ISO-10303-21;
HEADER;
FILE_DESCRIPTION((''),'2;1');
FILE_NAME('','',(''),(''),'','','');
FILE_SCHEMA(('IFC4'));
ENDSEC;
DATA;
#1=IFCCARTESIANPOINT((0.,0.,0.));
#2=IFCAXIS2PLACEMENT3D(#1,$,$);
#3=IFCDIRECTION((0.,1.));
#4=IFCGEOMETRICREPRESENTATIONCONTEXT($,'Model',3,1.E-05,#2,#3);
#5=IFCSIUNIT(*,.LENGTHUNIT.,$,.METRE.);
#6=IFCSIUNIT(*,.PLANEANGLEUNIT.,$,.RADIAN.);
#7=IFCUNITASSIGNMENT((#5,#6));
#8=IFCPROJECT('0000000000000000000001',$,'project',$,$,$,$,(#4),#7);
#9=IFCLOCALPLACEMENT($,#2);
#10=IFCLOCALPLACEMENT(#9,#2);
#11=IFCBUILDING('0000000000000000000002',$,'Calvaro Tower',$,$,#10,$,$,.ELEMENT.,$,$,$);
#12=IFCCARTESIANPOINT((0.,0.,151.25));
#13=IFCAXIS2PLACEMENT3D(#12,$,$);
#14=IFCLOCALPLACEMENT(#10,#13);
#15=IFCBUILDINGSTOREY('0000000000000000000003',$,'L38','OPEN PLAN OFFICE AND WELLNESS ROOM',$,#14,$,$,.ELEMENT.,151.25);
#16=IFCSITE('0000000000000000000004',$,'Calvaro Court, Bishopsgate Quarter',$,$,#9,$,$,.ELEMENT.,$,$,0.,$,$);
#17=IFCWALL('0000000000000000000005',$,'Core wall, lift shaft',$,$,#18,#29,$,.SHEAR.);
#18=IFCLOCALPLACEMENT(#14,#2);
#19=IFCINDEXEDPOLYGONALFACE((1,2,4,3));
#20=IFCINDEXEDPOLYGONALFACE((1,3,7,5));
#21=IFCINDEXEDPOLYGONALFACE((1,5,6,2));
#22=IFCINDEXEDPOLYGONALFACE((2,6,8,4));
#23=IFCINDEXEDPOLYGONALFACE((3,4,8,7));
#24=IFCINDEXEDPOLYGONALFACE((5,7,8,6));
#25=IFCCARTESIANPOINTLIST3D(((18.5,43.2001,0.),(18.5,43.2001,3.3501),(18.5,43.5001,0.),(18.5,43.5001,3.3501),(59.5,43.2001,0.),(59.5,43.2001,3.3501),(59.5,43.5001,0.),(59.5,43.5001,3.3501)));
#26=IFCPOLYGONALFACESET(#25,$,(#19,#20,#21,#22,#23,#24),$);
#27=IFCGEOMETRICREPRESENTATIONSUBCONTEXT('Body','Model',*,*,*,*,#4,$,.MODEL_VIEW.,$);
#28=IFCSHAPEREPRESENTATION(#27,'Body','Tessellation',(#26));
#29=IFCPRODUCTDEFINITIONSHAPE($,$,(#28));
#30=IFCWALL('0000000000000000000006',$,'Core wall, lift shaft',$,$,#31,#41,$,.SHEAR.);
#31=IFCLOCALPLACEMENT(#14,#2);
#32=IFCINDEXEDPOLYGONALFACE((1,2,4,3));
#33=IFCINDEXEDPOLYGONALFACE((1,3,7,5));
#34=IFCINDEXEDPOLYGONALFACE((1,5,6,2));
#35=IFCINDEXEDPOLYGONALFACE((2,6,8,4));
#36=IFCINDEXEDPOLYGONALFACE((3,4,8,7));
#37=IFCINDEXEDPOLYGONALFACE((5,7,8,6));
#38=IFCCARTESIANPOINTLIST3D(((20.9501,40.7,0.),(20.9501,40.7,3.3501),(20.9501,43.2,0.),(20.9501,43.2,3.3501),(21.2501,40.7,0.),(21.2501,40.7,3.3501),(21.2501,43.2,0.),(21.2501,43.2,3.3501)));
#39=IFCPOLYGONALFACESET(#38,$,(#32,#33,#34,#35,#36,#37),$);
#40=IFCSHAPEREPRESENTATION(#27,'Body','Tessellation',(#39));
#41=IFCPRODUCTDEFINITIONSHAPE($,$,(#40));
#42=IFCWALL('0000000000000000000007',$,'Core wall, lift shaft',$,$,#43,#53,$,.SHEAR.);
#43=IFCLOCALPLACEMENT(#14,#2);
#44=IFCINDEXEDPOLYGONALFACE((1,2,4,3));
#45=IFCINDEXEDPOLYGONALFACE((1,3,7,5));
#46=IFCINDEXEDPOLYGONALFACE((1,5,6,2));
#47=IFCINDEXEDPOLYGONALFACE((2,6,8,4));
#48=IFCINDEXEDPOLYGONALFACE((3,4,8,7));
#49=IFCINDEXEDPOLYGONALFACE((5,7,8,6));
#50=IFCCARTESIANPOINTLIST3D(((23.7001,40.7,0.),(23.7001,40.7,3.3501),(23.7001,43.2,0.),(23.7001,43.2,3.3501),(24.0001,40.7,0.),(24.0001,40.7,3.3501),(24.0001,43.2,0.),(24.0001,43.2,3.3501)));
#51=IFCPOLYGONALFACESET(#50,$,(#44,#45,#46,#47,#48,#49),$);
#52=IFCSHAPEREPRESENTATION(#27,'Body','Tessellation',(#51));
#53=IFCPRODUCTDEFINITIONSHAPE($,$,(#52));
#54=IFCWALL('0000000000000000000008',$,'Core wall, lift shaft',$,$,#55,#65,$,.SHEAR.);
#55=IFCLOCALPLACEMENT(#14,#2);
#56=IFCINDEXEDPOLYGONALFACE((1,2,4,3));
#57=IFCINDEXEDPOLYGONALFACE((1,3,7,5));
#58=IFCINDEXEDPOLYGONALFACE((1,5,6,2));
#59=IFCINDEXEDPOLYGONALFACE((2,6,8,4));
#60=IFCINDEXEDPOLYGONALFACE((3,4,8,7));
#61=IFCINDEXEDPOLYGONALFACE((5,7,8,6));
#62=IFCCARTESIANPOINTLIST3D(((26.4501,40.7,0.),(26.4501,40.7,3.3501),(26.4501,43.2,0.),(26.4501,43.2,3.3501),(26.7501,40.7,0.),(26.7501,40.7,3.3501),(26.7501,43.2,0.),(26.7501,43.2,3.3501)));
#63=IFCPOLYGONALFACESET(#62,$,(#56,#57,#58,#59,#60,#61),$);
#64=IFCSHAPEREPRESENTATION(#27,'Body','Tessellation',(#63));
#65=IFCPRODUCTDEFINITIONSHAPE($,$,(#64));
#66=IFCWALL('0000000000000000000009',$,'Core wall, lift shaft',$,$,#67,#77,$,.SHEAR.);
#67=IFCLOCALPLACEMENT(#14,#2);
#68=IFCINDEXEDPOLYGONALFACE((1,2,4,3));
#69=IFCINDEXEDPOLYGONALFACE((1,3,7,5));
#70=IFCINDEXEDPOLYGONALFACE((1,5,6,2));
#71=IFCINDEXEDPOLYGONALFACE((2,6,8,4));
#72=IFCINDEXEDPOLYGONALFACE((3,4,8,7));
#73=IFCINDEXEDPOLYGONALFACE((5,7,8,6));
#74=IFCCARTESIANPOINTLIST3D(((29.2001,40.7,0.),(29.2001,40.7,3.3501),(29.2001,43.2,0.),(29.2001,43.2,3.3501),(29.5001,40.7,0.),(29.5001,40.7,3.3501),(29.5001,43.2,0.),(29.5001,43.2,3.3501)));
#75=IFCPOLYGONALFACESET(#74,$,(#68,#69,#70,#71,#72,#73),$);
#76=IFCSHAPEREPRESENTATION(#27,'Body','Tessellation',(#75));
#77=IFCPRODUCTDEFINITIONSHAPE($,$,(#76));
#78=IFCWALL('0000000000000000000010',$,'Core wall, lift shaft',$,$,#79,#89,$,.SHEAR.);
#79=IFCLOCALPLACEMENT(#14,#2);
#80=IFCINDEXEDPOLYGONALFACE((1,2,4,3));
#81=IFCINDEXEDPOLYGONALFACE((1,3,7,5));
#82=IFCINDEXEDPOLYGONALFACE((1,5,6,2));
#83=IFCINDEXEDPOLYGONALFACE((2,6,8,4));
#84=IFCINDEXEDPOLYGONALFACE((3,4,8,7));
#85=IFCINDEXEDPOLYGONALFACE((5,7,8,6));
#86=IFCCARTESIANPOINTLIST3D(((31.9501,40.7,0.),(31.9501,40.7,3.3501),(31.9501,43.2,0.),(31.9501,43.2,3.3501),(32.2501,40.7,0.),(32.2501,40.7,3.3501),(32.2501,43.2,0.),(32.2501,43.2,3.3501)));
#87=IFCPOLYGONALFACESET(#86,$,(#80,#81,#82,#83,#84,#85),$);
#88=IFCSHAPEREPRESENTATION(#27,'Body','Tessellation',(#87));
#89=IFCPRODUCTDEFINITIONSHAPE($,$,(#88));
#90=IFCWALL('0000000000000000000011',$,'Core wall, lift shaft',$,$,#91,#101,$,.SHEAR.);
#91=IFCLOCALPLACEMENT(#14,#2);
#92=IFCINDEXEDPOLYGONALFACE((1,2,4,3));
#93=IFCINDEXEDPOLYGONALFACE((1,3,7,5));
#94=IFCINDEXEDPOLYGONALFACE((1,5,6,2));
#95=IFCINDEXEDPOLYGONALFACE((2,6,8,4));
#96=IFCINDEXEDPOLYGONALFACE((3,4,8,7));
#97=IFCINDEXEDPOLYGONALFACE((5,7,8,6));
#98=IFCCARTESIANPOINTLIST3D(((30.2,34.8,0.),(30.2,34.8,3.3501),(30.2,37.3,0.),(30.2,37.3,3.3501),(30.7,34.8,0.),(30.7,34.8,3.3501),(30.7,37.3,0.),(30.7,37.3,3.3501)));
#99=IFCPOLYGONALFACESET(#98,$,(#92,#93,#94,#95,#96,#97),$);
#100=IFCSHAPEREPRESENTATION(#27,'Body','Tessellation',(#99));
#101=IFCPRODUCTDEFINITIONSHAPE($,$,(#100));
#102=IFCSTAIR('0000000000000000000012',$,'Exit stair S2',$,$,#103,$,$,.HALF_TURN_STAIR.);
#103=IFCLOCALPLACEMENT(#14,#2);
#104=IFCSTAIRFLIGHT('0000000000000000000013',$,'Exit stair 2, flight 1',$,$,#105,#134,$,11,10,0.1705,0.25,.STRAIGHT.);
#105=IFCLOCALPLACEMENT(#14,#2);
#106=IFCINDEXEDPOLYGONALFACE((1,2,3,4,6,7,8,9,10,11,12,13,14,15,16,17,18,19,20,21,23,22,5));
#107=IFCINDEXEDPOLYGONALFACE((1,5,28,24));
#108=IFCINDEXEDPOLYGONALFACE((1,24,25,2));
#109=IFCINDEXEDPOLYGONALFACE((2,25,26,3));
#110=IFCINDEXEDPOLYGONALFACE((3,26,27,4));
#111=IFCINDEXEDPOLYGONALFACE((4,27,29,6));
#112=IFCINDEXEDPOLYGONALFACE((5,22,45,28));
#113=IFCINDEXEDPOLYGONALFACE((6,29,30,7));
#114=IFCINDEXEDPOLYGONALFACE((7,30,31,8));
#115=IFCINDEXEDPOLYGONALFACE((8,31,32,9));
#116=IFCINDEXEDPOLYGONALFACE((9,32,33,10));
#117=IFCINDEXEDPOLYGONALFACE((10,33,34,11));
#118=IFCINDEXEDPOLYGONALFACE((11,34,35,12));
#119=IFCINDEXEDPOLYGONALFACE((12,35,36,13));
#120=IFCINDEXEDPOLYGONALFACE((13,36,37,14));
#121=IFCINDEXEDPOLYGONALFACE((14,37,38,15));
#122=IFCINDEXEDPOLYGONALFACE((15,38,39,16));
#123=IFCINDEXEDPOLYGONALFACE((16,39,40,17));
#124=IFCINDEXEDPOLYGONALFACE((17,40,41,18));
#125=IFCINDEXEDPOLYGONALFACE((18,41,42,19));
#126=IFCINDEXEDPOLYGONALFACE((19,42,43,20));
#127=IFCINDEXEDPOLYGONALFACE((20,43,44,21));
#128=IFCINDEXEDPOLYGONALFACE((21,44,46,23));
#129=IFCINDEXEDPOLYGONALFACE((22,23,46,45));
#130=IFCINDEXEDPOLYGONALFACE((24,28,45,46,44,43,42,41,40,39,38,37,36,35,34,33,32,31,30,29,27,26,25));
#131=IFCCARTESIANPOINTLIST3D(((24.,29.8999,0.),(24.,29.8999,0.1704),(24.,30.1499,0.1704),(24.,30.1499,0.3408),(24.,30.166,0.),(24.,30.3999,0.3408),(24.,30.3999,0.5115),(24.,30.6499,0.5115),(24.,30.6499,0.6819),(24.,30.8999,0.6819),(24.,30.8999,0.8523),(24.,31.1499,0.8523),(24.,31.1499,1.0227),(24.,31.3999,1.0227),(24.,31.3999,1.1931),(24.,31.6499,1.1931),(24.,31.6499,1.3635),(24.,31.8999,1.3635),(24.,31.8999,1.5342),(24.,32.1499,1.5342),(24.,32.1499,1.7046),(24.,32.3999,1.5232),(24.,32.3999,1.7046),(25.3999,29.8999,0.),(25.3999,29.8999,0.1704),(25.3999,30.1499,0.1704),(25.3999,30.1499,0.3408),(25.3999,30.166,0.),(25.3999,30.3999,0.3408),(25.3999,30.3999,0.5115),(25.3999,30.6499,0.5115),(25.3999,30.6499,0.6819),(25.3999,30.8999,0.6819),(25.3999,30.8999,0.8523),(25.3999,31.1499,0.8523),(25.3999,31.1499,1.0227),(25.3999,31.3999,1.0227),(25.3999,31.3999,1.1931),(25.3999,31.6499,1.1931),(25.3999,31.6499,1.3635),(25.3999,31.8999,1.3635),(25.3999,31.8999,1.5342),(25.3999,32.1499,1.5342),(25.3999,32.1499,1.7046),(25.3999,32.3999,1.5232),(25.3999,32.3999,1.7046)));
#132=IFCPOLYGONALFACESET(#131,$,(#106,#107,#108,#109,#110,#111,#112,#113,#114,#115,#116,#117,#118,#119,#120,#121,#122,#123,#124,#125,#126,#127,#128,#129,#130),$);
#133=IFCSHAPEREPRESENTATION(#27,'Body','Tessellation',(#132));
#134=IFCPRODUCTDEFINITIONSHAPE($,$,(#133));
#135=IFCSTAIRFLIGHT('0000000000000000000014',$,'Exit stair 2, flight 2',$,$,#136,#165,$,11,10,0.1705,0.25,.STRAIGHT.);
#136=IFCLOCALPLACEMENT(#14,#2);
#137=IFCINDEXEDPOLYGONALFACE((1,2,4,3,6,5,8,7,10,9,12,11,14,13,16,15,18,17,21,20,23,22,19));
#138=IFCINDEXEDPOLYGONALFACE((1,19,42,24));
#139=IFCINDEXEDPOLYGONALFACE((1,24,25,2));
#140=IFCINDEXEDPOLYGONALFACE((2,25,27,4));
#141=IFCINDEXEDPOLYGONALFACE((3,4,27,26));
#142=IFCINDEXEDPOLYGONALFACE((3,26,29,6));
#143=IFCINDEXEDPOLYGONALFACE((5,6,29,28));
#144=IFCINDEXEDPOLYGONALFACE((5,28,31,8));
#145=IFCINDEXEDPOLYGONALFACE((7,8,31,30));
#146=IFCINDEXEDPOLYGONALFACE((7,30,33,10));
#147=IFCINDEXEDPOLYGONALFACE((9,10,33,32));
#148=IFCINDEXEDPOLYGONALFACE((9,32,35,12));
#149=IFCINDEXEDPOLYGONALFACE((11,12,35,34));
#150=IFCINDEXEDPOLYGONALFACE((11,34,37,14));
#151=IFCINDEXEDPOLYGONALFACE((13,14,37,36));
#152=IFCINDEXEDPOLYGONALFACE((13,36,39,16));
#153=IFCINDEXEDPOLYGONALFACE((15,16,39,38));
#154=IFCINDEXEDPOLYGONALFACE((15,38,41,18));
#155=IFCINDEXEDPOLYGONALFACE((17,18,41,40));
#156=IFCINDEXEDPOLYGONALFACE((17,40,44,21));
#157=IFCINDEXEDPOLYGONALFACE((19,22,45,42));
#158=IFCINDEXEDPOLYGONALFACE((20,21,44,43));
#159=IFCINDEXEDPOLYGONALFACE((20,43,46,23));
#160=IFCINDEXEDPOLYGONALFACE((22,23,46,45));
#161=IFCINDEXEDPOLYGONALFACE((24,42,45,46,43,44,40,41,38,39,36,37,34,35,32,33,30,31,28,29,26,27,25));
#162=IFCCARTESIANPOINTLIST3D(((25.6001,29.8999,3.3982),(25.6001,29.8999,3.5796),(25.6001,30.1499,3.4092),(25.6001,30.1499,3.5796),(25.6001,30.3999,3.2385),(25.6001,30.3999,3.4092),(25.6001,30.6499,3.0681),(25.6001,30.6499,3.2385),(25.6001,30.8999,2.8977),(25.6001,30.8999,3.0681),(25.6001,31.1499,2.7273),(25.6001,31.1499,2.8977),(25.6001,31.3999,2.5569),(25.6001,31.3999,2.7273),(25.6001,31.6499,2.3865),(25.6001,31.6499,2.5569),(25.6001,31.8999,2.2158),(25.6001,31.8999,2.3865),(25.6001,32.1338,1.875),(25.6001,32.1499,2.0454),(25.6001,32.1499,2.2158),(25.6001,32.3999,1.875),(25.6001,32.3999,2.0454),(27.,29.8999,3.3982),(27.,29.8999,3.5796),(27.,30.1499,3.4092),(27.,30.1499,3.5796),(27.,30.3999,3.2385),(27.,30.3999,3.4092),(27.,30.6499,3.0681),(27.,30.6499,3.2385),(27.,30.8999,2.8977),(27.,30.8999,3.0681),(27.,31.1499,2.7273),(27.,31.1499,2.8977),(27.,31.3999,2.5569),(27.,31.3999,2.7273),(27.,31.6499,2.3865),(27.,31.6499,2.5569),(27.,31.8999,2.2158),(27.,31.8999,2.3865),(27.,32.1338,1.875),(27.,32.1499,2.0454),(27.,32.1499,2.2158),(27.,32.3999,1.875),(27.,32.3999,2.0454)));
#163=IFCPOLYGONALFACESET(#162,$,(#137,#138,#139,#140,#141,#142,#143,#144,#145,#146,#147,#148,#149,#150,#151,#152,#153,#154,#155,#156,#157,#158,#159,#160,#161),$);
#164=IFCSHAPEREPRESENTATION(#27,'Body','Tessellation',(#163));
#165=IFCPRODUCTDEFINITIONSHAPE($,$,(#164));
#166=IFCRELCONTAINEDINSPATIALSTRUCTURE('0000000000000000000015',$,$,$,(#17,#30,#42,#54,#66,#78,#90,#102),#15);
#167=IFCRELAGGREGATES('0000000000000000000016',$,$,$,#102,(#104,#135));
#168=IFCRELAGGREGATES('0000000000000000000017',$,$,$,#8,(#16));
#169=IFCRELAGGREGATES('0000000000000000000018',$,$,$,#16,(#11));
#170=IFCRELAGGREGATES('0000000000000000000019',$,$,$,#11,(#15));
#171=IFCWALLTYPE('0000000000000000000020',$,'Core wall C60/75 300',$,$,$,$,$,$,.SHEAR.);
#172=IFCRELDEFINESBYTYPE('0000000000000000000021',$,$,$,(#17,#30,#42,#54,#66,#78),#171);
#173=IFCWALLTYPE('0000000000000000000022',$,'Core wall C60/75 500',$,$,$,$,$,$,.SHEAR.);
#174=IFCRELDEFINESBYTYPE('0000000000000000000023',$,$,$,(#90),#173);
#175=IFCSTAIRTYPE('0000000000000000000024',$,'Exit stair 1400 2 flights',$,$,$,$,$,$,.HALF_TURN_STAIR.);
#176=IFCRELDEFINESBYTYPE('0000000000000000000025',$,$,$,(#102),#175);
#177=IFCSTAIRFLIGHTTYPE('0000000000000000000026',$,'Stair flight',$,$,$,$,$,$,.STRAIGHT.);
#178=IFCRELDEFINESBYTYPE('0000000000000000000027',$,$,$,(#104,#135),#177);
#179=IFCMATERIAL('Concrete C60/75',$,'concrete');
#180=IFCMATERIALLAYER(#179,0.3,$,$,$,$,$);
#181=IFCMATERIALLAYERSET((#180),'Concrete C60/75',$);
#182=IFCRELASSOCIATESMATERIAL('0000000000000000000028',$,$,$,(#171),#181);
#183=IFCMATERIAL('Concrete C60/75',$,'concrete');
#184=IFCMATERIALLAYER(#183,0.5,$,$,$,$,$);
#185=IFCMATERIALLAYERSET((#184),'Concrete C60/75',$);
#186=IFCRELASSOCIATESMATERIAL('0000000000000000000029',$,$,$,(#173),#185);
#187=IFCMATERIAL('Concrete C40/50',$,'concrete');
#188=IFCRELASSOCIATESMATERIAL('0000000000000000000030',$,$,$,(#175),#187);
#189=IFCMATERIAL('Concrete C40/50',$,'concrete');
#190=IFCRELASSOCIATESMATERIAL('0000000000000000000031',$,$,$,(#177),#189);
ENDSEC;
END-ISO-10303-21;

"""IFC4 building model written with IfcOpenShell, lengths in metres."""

from ifc_helpers import new_model, si_unit, direction, frame, frame_2d, origin, place, context, subcontext, project, spatial, polyline, rectangle, outline, extrude, material, layer, layer_set, type_object, element, aggregate, save


model = new_model("IFC4")

# Units and contexts
model_context = context("Model", 3, precision=1e-05, world=origin(), true_north=direction((0.0, 1.0)))
body_context = subcontext(model_context, "Body", "Model", "MODEL_VIEW")
ifc_project = project(units=[si_unit("LENGTHUNIT", "METRE"), si_unit("PLANEANGLEUNIT", "RADIAN")], contexts=[model_context])

# Site, building, storey
site_placement = place(None, origin())
site = spatial("IfcSite", under=ifc_project, at=site_placement, Name="Calvaro Court, Bishopsgate Quarter", CompositionType="ELEMENT", RefElevation=0.0)
building_placement = place(site_placement, origin())
building = spatial("IfcBuilding", under=site, at=building_placement, Name="Calvaro Tower", CompositionType="ELEMENT")
storey_placement = place(building_placement, frame((0.0, 0.0, 151.25)))
storey = spatial("IfcBuildingStorey", under=building, at=storey_placement, Name="L38", Description="OPEN PLAN OFFICE AND WELLNESS ROOM", CompositionType="ELEMENT", Elevation=151.25)

# Shared definitions
ifc_material_1 = material(Name="Concrete C60/75", Category="concrete")
ifc_layer_1 = layer(ifc_material_1, 0.3)
ifc_layer_set_1 = layer_set([ifc_layer_1], Name="Concrete C60/75")
wall_type_1 = type_object("IfcWallType", Name="Core wall C60/75 300", PredefinedType="SHEAR", material=ifc_layer_set_1)

# Walls
wall_1_placement = place(storey_placement, frame((18.5, 43.3501, 0.0), z_axis=(0.0, 0.0, 1.0), x_axis=(1.0, 0.0, 0.0)))
element("IfcWall", 1, at=wall_1_placement, inside=storey, type_object=wall_type_1, Name="Core wall, lift shaft", PredefinedType="SHEAR", context=body_context, shape_type="SweptSolid", body=[
    extrude(rectangle(XDim=41.0, YDim=0.3, at=frame_2d((20.5, 0.0))), origin(), (0.0, 0.0, 1.0), 3.3501),
])
for number, where, z_axis, x_axis, name in (
    (2, (21.1001, 40.7, 0.0), (0.0, 0.0, 1.0), (0.0, 1.0, 0.0), "Core wall, lift shaft"),
    (3, (23.8501, 40.7, 0.0), (0.0, 0.0, 1.0), (0.0, 1.0, 0.0), "Core wall, lift shaft"),
    (4, (26.6001, 40.7, 0.0), (0.0, 0.0, 1.0), (0.0, 1.0, 0.0), "Core wall, lift shaft"),
    (5, (29.3501, 40.7, 0.0), (0.0, 0.0, 1.0), (0.0, 1.0, 0.0), "Core wall, lift shaft"),
    (6, (32.1001, 40.7, 0.0), (0.0, 0.0, 1.0), (0.0, 1.0, 0.0), "Core wall, lift shaft"),
):
    element("IfcWall", number, at=place(storey_placement, frame(where, z_axis=z_axis, x_axis=x_axis)), inside=storey, type_object=wall_type_1, Name=name, PredefinedType="SHEAR", context=body_context, shape_type="SweptSolid", body=[
        extrude(rectangle(XDim=2.5, YDim=0.3, at=frame_2d((1.25, 0.0))), origin(), (0.0, 0.0, 1.0), 3.3501),
    ])
ifc_material_2 = material(Name="Concrete C60/75", Category="concrete")
ifc_layer_2 = layer(ifc_material_2, 0.5)
ifc_layer_set_2 = layer_set([ifc_layer_2], Name="Concrete C60/75")
wall_type_2 = type_object("IfcWallType", Name="Core wall C60/75 500", PredefinedType="SHEAR", material=ifc_layer_set_2)
wall_2_placement = place(storey_placement, frame((30.45, 34.8, 0.0), z_axis=(0.0, 0.0, 1.0), x_axis=(0.0, 1.0, 0.0)))
element("IfcWall", 7, at=wall_2_placement, inside=storey, type_object=wall_type_2, Name="Core wall, lift shaft", PredefinedType="SHEAR", context=body_context, shape_type="SweptSolid", body=[
    extrude(rectangle(XDim=2.5, YDim=0.5, at=frame_2d((1.25, 0.0))), origin(), (0.0, 0.0, 1.0), 3.3501),
])

# Stair, stair flights
ifc_material_3 = material(Name="Concrete C40/50", Category="concrete")
stair_type = type_object("IfcStairType", Name="Exit stair 1400 2 flights", PredefinedType="HALF_TURN_STAIR", material=ifc_material_3)
stair_placement = place(storey_placement, origin())
stair = element("IfcStair", 8, at=stair_placement, inside=storey, type_object=stair_type, Name="Exit stair S2", PredefinedType="HALF_TURN_STAIR")
ifc_material_4 = material(Name="Concrete C40/50", Category="concrete")
stair_flight_type = type_object("IfcStairFlightType", Name="Stair flight", PredefinedType="STRAIGHT", material=ifc_material_4)
stair_flight_1_placement = place(storey_placement, frame((24.7, 29.8999, 0.0), z_axis=(0.0, 0.0, 1.0), x_axis=(0.0, 1.0, 0.0)))
stair_flight_1 = element("IfcStairFlight", 9, at=stair_flight_1_placement, type_object=stair_flight_type, Name="Exit stair 2, flight 1", NumberOfRisers=11, NumberOfTreads=10, PredefinedType="STRAIGHT", RiserHeight=0.1705, TreadLength=0.25, context=body_context, shape_type="SweptSolid", body=[
    extrude(outline(polyline([(0.0, 0.0), (0.0, 0.1704), (0.25, 0.1704), (0.25, 0.3408), (0.5, 0.3408), (0.5, 0.5115), (0.75, 0.5115), (0.75, 0.6819), (1.0, 0.6819), (1.0, 0.8523), (1.25, 0.8523), (1.25, 1.0227), (1.5, 1.0227), (1.5, 1.1931), (1.75, 1.1931), (1.75, 1.3635), (2.0, 1.3635), (2.0, 1.5342), (2.25, 1.5342), (2.25, 1.7046), (2.5, 1.7046), (2.5, 1.875), (2.5, 1.5232), (0.2661, 0.0), (0.0, 0.0)])), frame((0.0, 0.7, 0.0), z_axis=(0.0, -1.0, 0.0), x_axis=(1.0, 0.0, 0.0)), (0.0, 0.0, 1.0), 1.3999),
])
stair_flight_2_placement = place(storey_placement, frame((26.3, 32.3999, 1.875), z_axis=(0.0, 0.0, 1.0), x_axis=(0.0, -1.0, 0.0)))
stair_flight_2 = element("IfcStairFlight", 10, at=stair_flight_2_placement, type_object=stair_flight_type, Name="Exit stair 2, flight 2", NumberOfRisers=11, NumberOfTreads=10, PredefinedType="STRAIGHT", RiserHeight=0.1705, TreadLength=0.25, context=body_context, shape_type="SweptSolid", body=[
    extrude(outline(polyline([(0.0, 0.0), (0.0, 0.1704), (0.25, 0.1704), (0.25, 0.3408), (0.5, 0.3408), (0.5, 0.5115), (0.75, 0.5115), (0.75, 0.6819), (1.0, 0.6819), (1.0, 0.8523), (1.25, 0.8523), (1.25, 1.0227), (1.5, 1.0227), (1.5, 1.1931), (1.75, 1.1931), (1.75, 1.3635), (2.0, 1.3635), (2.0, 1.5342), (2.25, 1.5342), (2.25, 1.7046), (2.5, 1.7046), (2.5, 1.875), (2.5, 1.5232), (0.2661, 0.0), (0.0, 0.0)])), frame((0.0, 0.7, 0.0), z_axis=(0.0, -1.0, 0.0), x_axis=(1.0, 0.0, 0.0)), (0.0, 0.0, 1.0), 1.3999),
])
aggregate(stair, [stair_flight_1, stair_flight_2])

save(model, "model.ifc")
